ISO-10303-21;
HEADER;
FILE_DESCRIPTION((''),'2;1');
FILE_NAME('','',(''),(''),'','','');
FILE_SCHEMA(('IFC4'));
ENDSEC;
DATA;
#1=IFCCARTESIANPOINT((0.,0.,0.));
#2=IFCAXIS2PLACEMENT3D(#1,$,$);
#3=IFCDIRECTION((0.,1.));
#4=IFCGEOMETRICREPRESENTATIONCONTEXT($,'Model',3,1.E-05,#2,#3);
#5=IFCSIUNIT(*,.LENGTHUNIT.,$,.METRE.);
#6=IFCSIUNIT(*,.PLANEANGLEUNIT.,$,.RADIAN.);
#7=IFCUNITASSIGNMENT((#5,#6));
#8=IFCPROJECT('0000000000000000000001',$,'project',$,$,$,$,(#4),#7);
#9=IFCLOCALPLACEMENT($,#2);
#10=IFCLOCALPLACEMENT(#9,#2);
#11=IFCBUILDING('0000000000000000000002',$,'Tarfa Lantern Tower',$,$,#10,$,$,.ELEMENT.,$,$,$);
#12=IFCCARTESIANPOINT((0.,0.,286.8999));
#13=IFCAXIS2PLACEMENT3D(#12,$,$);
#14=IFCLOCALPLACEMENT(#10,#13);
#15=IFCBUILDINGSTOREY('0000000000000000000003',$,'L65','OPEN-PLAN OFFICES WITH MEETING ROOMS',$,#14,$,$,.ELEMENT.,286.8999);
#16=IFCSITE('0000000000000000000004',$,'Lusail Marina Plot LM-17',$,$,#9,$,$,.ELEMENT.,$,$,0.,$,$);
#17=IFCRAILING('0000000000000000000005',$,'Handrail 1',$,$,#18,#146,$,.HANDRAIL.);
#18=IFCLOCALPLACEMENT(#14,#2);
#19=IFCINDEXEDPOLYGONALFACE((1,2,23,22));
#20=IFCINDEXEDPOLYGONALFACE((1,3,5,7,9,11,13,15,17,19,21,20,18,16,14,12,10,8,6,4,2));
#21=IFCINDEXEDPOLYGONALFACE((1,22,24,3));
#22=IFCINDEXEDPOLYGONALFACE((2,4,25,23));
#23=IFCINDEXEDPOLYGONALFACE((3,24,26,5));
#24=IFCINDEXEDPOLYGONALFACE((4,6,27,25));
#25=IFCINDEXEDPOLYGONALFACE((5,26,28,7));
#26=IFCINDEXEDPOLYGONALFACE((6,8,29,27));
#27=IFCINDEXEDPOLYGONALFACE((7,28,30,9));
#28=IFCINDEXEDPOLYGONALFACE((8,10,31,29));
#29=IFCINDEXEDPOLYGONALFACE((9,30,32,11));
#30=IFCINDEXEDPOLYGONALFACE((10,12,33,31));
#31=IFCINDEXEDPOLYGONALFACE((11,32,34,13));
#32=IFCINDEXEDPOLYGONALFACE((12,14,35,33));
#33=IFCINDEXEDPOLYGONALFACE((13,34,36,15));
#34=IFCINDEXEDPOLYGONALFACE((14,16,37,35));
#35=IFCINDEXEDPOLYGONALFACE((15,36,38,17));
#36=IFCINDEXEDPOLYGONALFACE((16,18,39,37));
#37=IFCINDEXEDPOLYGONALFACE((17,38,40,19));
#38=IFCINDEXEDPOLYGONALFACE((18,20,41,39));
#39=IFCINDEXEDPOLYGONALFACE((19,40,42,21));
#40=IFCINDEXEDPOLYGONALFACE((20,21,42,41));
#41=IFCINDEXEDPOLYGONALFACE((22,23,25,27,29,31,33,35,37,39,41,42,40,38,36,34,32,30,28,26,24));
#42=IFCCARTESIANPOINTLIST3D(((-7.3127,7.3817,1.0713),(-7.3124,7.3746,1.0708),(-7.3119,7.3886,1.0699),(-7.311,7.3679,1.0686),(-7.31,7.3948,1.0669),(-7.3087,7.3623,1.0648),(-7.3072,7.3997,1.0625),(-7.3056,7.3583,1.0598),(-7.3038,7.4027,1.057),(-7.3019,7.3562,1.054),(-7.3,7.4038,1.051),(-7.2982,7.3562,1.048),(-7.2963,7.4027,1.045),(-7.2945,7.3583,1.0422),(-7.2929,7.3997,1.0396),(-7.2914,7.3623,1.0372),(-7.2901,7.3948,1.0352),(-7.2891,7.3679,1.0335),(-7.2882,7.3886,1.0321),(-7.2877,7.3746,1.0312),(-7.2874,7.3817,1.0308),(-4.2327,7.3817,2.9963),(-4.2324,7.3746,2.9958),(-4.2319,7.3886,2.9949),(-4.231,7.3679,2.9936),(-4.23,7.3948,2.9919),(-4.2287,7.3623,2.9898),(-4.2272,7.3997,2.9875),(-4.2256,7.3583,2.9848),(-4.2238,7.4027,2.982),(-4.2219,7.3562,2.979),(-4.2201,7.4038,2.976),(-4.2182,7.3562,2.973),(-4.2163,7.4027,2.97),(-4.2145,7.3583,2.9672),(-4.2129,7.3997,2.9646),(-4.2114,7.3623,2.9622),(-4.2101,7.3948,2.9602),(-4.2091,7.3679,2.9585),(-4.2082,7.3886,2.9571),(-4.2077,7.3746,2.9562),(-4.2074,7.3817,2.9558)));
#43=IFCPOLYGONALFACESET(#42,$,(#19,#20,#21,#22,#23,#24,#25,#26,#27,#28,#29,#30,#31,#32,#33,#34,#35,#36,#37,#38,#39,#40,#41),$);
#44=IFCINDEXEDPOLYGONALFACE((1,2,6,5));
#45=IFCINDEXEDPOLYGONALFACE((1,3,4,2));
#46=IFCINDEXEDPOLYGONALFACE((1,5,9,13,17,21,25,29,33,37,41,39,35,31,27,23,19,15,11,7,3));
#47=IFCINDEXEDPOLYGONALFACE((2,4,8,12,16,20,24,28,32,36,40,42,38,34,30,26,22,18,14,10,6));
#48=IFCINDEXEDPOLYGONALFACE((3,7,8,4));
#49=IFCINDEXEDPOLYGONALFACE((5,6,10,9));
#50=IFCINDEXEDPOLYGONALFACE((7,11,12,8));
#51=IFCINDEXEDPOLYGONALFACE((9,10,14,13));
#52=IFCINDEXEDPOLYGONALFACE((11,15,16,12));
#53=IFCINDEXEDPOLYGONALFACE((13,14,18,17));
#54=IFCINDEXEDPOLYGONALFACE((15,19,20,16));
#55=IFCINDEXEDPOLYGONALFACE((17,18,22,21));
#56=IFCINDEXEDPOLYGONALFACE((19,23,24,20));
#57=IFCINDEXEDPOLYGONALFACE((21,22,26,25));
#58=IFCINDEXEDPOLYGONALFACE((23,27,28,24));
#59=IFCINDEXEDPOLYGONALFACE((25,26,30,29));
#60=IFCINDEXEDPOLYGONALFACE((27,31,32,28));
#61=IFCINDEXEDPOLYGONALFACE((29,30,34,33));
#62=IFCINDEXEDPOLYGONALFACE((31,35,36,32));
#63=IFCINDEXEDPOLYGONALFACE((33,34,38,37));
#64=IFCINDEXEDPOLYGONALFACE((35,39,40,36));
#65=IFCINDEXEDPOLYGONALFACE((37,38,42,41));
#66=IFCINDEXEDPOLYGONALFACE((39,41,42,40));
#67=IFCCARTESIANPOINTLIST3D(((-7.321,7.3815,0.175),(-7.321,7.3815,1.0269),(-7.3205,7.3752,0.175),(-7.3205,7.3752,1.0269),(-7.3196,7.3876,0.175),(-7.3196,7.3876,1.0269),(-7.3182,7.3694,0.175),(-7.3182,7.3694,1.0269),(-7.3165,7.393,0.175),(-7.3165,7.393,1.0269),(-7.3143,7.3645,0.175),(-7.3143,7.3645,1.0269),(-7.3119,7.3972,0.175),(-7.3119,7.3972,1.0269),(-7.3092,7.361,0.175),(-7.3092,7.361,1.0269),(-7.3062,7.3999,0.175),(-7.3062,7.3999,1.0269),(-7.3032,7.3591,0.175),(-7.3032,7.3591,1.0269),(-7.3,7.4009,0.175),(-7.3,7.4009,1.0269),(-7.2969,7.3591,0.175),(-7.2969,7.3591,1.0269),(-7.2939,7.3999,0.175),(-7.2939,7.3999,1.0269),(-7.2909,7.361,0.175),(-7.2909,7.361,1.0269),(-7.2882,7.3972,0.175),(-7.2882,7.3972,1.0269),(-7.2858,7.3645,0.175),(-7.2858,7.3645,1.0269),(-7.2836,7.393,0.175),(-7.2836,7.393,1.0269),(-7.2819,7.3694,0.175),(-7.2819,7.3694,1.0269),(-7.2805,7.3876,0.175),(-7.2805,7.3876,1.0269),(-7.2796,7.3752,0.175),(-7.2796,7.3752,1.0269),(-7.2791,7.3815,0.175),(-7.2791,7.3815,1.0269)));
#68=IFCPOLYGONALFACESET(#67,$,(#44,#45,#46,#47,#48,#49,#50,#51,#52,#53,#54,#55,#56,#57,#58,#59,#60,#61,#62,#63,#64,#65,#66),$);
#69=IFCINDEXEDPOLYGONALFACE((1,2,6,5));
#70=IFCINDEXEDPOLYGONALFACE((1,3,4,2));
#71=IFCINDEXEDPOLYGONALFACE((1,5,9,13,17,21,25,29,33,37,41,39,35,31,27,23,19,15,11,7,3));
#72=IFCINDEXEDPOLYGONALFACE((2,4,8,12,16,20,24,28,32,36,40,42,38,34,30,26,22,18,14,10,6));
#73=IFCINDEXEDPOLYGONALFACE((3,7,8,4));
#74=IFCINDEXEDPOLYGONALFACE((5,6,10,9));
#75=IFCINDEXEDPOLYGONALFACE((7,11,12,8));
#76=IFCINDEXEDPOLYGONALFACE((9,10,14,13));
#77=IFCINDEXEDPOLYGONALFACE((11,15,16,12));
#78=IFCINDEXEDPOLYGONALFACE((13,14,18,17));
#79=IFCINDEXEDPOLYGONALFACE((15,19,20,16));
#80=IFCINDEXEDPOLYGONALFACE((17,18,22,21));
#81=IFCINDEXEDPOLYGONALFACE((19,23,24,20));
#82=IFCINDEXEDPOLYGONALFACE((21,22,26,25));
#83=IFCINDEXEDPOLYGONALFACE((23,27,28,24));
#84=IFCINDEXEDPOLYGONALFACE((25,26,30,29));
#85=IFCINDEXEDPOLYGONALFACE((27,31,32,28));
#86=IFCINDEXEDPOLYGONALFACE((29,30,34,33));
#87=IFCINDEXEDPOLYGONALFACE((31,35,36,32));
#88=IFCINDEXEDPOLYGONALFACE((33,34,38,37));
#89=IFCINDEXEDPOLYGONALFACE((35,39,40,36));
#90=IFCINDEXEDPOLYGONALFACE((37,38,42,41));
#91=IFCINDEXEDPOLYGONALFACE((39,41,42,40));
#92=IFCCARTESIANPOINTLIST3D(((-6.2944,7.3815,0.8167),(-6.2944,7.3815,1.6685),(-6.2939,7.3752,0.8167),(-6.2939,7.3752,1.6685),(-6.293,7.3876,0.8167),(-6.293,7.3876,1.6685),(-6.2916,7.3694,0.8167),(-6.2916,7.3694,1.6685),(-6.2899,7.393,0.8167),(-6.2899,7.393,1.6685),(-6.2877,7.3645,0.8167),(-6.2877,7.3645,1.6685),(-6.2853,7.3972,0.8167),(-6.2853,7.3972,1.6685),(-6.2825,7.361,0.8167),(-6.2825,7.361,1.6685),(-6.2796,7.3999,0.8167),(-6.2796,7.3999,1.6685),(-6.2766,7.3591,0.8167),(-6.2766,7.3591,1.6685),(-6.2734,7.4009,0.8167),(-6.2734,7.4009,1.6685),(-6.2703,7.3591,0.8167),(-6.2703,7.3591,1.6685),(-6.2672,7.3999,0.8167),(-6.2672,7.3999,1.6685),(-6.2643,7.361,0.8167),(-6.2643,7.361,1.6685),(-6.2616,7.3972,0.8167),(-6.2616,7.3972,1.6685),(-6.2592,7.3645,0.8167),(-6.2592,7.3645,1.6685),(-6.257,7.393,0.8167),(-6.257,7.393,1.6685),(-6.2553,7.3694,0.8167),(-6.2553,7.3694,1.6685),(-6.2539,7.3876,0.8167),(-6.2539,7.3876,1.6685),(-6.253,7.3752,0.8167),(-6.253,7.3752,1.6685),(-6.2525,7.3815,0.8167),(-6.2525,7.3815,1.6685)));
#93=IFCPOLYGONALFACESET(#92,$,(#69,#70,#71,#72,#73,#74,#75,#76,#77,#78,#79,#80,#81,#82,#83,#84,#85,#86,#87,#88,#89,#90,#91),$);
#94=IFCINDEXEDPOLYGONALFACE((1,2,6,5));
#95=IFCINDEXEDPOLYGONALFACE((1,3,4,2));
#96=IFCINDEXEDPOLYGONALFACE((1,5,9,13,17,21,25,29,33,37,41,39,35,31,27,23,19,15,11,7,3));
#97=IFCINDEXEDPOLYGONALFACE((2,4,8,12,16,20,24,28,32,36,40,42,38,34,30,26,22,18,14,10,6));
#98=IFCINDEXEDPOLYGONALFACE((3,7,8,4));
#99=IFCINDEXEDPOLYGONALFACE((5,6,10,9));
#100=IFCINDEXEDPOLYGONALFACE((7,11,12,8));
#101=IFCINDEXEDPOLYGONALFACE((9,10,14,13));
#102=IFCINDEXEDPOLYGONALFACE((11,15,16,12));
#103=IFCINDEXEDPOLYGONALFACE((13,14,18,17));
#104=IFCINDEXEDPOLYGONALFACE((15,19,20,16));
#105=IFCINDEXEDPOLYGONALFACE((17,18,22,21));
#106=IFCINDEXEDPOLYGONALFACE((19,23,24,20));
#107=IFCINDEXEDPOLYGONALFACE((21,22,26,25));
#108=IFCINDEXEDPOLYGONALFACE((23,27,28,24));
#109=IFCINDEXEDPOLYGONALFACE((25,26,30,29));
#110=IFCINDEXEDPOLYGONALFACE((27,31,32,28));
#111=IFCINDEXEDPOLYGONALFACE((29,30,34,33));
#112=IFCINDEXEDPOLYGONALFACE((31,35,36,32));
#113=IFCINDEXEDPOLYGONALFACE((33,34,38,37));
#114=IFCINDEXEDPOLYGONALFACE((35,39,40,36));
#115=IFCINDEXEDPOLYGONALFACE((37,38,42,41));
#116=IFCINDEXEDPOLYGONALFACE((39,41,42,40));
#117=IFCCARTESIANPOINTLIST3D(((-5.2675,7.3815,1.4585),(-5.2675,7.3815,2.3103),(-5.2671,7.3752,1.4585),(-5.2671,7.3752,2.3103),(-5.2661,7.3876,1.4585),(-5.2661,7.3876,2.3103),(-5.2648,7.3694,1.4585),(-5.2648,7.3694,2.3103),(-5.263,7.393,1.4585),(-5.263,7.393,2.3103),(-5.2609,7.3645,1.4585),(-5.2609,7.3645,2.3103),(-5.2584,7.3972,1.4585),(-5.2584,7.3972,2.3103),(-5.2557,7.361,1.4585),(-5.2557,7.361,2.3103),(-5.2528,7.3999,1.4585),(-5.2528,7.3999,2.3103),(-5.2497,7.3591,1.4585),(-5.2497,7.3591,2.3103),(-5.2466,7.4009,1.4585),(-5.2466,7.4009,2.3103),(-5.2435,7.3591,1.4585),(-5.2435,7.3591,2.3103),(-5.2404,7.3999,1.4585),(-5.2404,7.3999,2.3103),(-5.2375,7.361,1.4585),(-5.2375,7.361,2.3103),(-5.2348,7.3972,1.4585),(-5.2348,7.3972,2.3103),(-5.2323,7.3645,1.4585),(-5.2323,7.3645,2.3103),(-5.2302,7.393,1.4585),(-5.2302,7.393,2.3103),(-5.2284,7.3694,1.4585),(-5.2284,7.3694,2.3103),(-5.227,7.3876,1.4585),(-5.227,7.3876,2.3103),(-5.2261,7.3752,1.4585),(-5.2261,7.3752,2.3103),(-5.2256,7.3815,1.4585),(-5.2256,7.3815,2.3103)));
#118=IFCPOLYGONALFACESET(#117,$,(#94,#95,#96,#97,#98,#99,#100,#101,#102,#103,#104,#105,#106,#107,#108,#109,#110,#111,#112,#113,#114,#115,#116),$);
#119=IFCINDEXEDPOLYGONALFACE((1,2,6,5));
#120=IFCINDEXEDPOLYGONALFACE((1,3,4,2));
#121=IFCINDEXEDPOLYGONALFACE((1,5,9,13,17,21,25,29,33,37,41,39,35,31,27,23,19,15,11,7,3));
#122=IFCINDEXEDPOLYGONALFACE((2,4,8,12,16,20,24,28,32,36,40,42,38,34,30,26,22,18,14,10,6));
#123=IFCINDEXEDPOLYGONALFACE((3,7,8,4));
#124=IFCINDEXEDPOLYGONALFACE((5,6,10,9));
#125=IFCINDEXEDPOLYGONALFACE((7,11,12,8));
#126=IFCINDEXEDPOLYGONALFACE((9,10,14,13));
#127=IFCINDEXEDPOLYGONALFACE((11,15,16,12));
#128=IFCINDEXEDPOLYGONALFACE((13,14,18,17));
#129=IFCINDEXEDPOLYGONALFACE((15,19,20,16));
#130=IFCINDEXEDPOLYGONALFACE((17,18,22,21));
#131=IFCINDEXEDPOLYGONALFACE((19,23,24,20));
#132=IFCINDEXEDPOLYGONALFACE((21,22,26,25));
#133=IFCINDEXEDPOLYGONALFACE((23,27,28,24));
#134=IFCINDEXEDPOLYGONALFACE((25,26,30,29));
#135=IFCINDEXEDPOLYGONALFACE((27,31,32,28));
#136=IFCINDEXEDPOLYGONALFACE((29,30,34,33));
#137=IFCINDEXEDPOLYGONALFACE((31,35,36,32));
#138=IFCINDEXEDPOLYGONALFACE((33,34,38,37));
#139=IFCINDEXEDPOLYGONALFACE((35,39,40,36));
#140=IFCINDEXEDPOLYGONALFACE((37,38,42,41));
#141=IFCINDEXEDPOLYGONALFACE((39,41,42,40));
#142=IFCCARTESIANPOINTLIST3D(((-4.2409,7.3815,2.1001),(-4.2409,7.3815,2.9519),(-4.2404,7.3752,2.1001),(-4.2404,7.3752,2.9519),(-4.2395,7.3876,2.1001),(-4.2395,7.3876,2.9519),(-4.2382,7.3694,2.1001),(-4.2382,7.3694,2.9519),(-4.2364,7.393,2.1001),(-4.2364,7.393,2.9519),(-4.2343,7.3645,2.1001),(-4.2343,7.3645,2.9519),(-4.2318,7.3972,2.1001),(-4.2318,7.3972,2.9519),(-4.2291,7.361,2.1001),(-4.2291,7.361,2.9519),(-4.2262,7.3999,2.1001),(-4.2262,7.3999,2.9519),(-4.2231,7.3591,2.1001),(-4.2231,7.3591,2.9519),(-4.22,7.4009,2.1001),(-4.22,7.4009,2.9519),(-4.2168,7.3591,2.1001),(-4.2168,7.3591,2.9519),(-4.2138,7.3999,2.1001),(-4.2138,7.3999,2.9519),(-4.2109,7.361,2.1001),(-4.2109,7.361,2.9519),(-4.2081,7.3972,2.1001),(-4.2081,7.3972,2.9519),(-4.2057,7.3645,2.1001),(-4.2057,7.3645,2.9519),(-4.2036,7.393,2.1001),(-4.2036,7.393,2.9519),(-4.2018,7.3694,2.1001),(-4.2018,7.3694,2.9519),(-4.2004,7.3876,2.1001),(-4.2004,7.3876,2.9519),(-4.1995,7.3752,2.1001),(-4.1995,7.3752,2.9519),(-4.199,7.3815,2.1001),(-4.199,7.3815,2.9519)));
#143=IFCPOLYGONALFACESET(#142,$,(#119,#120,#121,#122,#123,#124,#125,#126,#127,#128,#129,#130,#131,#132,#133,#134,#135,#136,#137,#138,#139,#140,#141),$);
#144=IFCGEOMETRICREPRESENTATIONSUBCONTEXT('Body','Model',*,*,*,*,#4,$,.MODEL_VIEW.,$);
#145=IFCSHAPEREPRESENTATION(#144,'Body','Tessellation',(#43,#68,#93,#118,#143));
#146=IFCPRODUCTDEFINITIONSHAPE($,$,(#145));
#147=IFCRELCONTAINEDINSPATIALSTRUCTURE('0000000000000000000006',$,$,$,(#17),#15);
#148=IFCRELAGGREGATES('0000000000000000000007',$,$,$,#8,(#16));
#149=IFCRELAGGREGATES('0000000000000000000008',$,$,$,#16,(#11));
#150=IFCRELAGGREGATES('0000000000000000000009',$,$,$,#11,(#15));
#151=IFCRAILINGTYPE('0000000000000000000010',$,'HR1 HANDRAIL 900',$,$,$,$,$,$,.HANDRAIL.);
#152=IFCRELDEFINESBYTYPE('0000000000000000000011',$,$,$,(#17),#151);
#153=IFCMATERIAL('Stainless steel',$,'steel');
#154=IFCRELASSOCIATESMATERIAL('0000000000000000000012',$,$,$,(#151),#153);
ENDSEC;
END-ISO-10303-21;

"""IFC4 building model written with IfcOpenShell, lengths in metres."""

from ifc_helpers import new_model, si_unit, direction, frame, origin, origin_2d, place, context, subcontext, project, spatial, circle, extrude, material, type_object, element, save


model = new_model("IFC4")

# Units and contexts
model_context = context("Model", 3, precision=1e-05, world=origin(), true_north=direction((0.0, 1.0)))
body_context = subcontext(model_context, "Body", "Model", "MODEL_VIEW")
ifc_project = project(units=[si_unit("LENGTHUNIT", "METRE"), si_unit("PLANEANGLEUNIT", "RADIAN")], contexts=[model_context])

# Site, building, storey
site_placement = place(None, origin())
site = spatial("IfcSite", under=ifc_project, at=site_placement, Name="Lusail Marina Plot LM-17", CompositionType="ELEMENT", RefElevation=0.0)
building_placement = place(site_placement, origin())
building = spatial("IfcBuilding", under=site, at=building_placement, Name="Tarfa Lantern Tower", CompositionType="ELEMENT")
storey_placement = place(building_placement, frame((0.0, 0.0, 286.8999)))
storey = spatial("IfcBuildingStorey", under=building, at=storey_placement, Name="L65", Description="OPEN-PLAN OFFICES WITH MEETING ROOMS", CompositionType="ELEMENT", Elevation=286.8999)

# Railing
ifc_material_1 = material(Name="Stainless steel", Category="steel")
railing_type = type_object("IfcRailingType", Name="HR1 HANDRAIL 900", PredefinedType="HANDRAIL", material=ifc_material_1)
railing_1_placement = place(storey_placement, frame((-7.3, 7.3799, 0.175)))
element("IfcRailing", 1, at=railing_1_placement, inside=storey, type_object=railing_type, Name="Handrail 1", PredefinedType="HANDRAIL", context=body_context, shape_type="SweptSolid", body=[
    extrude(circle(Radius=0.0239, at=origin_2d()), frame((0.0, 0.0, 0.876), z_axis=(0.847998, 0.0, 0.529999), x_axis=(0.0, 1.0, 0.0)), (0.0, 0.0, 1.0), 3.6321),
    extrude(circle(Radius=0.021, at=origin_2d()), frame((0.0, 0.0, 0.0), z_axis=(0.0, 0.0, 1.0), x_axis=(0.0, 1.0, 0.0)), (0.0, 0.0, 1.0), 0.8518),
    extrude(circle(Radius=0.021, at=origin_2d()), frame((1.0266, 0.0, 0.6416), z_axis=(0.0, 0.0, 1.0), x_axis=(0.0, 1.0, 0.0)), (0.0, 0.0, 1.0), 0.8518),
    extrude(circle(Radius=0.021, at=origin_2d()), frame((2.0535, 0.0, 1.2834), z_axis=(0.0, 0.0, 1.0), x_axis=(0.0, 1.0, 0.0)), (0.0, 0.0, 1.0), 0.8518),
    extrude(circle(Radius=0.021, at=origin_2d()), frame((3.0801, 0.0, 1.925), z_axis=(0.0, 0.0, 1.0), x_axis=(0.0, 1.0, 0.0)), (0.0, 0.0, 1.0), 0.8518),
])

save(model, "model.ifc")
